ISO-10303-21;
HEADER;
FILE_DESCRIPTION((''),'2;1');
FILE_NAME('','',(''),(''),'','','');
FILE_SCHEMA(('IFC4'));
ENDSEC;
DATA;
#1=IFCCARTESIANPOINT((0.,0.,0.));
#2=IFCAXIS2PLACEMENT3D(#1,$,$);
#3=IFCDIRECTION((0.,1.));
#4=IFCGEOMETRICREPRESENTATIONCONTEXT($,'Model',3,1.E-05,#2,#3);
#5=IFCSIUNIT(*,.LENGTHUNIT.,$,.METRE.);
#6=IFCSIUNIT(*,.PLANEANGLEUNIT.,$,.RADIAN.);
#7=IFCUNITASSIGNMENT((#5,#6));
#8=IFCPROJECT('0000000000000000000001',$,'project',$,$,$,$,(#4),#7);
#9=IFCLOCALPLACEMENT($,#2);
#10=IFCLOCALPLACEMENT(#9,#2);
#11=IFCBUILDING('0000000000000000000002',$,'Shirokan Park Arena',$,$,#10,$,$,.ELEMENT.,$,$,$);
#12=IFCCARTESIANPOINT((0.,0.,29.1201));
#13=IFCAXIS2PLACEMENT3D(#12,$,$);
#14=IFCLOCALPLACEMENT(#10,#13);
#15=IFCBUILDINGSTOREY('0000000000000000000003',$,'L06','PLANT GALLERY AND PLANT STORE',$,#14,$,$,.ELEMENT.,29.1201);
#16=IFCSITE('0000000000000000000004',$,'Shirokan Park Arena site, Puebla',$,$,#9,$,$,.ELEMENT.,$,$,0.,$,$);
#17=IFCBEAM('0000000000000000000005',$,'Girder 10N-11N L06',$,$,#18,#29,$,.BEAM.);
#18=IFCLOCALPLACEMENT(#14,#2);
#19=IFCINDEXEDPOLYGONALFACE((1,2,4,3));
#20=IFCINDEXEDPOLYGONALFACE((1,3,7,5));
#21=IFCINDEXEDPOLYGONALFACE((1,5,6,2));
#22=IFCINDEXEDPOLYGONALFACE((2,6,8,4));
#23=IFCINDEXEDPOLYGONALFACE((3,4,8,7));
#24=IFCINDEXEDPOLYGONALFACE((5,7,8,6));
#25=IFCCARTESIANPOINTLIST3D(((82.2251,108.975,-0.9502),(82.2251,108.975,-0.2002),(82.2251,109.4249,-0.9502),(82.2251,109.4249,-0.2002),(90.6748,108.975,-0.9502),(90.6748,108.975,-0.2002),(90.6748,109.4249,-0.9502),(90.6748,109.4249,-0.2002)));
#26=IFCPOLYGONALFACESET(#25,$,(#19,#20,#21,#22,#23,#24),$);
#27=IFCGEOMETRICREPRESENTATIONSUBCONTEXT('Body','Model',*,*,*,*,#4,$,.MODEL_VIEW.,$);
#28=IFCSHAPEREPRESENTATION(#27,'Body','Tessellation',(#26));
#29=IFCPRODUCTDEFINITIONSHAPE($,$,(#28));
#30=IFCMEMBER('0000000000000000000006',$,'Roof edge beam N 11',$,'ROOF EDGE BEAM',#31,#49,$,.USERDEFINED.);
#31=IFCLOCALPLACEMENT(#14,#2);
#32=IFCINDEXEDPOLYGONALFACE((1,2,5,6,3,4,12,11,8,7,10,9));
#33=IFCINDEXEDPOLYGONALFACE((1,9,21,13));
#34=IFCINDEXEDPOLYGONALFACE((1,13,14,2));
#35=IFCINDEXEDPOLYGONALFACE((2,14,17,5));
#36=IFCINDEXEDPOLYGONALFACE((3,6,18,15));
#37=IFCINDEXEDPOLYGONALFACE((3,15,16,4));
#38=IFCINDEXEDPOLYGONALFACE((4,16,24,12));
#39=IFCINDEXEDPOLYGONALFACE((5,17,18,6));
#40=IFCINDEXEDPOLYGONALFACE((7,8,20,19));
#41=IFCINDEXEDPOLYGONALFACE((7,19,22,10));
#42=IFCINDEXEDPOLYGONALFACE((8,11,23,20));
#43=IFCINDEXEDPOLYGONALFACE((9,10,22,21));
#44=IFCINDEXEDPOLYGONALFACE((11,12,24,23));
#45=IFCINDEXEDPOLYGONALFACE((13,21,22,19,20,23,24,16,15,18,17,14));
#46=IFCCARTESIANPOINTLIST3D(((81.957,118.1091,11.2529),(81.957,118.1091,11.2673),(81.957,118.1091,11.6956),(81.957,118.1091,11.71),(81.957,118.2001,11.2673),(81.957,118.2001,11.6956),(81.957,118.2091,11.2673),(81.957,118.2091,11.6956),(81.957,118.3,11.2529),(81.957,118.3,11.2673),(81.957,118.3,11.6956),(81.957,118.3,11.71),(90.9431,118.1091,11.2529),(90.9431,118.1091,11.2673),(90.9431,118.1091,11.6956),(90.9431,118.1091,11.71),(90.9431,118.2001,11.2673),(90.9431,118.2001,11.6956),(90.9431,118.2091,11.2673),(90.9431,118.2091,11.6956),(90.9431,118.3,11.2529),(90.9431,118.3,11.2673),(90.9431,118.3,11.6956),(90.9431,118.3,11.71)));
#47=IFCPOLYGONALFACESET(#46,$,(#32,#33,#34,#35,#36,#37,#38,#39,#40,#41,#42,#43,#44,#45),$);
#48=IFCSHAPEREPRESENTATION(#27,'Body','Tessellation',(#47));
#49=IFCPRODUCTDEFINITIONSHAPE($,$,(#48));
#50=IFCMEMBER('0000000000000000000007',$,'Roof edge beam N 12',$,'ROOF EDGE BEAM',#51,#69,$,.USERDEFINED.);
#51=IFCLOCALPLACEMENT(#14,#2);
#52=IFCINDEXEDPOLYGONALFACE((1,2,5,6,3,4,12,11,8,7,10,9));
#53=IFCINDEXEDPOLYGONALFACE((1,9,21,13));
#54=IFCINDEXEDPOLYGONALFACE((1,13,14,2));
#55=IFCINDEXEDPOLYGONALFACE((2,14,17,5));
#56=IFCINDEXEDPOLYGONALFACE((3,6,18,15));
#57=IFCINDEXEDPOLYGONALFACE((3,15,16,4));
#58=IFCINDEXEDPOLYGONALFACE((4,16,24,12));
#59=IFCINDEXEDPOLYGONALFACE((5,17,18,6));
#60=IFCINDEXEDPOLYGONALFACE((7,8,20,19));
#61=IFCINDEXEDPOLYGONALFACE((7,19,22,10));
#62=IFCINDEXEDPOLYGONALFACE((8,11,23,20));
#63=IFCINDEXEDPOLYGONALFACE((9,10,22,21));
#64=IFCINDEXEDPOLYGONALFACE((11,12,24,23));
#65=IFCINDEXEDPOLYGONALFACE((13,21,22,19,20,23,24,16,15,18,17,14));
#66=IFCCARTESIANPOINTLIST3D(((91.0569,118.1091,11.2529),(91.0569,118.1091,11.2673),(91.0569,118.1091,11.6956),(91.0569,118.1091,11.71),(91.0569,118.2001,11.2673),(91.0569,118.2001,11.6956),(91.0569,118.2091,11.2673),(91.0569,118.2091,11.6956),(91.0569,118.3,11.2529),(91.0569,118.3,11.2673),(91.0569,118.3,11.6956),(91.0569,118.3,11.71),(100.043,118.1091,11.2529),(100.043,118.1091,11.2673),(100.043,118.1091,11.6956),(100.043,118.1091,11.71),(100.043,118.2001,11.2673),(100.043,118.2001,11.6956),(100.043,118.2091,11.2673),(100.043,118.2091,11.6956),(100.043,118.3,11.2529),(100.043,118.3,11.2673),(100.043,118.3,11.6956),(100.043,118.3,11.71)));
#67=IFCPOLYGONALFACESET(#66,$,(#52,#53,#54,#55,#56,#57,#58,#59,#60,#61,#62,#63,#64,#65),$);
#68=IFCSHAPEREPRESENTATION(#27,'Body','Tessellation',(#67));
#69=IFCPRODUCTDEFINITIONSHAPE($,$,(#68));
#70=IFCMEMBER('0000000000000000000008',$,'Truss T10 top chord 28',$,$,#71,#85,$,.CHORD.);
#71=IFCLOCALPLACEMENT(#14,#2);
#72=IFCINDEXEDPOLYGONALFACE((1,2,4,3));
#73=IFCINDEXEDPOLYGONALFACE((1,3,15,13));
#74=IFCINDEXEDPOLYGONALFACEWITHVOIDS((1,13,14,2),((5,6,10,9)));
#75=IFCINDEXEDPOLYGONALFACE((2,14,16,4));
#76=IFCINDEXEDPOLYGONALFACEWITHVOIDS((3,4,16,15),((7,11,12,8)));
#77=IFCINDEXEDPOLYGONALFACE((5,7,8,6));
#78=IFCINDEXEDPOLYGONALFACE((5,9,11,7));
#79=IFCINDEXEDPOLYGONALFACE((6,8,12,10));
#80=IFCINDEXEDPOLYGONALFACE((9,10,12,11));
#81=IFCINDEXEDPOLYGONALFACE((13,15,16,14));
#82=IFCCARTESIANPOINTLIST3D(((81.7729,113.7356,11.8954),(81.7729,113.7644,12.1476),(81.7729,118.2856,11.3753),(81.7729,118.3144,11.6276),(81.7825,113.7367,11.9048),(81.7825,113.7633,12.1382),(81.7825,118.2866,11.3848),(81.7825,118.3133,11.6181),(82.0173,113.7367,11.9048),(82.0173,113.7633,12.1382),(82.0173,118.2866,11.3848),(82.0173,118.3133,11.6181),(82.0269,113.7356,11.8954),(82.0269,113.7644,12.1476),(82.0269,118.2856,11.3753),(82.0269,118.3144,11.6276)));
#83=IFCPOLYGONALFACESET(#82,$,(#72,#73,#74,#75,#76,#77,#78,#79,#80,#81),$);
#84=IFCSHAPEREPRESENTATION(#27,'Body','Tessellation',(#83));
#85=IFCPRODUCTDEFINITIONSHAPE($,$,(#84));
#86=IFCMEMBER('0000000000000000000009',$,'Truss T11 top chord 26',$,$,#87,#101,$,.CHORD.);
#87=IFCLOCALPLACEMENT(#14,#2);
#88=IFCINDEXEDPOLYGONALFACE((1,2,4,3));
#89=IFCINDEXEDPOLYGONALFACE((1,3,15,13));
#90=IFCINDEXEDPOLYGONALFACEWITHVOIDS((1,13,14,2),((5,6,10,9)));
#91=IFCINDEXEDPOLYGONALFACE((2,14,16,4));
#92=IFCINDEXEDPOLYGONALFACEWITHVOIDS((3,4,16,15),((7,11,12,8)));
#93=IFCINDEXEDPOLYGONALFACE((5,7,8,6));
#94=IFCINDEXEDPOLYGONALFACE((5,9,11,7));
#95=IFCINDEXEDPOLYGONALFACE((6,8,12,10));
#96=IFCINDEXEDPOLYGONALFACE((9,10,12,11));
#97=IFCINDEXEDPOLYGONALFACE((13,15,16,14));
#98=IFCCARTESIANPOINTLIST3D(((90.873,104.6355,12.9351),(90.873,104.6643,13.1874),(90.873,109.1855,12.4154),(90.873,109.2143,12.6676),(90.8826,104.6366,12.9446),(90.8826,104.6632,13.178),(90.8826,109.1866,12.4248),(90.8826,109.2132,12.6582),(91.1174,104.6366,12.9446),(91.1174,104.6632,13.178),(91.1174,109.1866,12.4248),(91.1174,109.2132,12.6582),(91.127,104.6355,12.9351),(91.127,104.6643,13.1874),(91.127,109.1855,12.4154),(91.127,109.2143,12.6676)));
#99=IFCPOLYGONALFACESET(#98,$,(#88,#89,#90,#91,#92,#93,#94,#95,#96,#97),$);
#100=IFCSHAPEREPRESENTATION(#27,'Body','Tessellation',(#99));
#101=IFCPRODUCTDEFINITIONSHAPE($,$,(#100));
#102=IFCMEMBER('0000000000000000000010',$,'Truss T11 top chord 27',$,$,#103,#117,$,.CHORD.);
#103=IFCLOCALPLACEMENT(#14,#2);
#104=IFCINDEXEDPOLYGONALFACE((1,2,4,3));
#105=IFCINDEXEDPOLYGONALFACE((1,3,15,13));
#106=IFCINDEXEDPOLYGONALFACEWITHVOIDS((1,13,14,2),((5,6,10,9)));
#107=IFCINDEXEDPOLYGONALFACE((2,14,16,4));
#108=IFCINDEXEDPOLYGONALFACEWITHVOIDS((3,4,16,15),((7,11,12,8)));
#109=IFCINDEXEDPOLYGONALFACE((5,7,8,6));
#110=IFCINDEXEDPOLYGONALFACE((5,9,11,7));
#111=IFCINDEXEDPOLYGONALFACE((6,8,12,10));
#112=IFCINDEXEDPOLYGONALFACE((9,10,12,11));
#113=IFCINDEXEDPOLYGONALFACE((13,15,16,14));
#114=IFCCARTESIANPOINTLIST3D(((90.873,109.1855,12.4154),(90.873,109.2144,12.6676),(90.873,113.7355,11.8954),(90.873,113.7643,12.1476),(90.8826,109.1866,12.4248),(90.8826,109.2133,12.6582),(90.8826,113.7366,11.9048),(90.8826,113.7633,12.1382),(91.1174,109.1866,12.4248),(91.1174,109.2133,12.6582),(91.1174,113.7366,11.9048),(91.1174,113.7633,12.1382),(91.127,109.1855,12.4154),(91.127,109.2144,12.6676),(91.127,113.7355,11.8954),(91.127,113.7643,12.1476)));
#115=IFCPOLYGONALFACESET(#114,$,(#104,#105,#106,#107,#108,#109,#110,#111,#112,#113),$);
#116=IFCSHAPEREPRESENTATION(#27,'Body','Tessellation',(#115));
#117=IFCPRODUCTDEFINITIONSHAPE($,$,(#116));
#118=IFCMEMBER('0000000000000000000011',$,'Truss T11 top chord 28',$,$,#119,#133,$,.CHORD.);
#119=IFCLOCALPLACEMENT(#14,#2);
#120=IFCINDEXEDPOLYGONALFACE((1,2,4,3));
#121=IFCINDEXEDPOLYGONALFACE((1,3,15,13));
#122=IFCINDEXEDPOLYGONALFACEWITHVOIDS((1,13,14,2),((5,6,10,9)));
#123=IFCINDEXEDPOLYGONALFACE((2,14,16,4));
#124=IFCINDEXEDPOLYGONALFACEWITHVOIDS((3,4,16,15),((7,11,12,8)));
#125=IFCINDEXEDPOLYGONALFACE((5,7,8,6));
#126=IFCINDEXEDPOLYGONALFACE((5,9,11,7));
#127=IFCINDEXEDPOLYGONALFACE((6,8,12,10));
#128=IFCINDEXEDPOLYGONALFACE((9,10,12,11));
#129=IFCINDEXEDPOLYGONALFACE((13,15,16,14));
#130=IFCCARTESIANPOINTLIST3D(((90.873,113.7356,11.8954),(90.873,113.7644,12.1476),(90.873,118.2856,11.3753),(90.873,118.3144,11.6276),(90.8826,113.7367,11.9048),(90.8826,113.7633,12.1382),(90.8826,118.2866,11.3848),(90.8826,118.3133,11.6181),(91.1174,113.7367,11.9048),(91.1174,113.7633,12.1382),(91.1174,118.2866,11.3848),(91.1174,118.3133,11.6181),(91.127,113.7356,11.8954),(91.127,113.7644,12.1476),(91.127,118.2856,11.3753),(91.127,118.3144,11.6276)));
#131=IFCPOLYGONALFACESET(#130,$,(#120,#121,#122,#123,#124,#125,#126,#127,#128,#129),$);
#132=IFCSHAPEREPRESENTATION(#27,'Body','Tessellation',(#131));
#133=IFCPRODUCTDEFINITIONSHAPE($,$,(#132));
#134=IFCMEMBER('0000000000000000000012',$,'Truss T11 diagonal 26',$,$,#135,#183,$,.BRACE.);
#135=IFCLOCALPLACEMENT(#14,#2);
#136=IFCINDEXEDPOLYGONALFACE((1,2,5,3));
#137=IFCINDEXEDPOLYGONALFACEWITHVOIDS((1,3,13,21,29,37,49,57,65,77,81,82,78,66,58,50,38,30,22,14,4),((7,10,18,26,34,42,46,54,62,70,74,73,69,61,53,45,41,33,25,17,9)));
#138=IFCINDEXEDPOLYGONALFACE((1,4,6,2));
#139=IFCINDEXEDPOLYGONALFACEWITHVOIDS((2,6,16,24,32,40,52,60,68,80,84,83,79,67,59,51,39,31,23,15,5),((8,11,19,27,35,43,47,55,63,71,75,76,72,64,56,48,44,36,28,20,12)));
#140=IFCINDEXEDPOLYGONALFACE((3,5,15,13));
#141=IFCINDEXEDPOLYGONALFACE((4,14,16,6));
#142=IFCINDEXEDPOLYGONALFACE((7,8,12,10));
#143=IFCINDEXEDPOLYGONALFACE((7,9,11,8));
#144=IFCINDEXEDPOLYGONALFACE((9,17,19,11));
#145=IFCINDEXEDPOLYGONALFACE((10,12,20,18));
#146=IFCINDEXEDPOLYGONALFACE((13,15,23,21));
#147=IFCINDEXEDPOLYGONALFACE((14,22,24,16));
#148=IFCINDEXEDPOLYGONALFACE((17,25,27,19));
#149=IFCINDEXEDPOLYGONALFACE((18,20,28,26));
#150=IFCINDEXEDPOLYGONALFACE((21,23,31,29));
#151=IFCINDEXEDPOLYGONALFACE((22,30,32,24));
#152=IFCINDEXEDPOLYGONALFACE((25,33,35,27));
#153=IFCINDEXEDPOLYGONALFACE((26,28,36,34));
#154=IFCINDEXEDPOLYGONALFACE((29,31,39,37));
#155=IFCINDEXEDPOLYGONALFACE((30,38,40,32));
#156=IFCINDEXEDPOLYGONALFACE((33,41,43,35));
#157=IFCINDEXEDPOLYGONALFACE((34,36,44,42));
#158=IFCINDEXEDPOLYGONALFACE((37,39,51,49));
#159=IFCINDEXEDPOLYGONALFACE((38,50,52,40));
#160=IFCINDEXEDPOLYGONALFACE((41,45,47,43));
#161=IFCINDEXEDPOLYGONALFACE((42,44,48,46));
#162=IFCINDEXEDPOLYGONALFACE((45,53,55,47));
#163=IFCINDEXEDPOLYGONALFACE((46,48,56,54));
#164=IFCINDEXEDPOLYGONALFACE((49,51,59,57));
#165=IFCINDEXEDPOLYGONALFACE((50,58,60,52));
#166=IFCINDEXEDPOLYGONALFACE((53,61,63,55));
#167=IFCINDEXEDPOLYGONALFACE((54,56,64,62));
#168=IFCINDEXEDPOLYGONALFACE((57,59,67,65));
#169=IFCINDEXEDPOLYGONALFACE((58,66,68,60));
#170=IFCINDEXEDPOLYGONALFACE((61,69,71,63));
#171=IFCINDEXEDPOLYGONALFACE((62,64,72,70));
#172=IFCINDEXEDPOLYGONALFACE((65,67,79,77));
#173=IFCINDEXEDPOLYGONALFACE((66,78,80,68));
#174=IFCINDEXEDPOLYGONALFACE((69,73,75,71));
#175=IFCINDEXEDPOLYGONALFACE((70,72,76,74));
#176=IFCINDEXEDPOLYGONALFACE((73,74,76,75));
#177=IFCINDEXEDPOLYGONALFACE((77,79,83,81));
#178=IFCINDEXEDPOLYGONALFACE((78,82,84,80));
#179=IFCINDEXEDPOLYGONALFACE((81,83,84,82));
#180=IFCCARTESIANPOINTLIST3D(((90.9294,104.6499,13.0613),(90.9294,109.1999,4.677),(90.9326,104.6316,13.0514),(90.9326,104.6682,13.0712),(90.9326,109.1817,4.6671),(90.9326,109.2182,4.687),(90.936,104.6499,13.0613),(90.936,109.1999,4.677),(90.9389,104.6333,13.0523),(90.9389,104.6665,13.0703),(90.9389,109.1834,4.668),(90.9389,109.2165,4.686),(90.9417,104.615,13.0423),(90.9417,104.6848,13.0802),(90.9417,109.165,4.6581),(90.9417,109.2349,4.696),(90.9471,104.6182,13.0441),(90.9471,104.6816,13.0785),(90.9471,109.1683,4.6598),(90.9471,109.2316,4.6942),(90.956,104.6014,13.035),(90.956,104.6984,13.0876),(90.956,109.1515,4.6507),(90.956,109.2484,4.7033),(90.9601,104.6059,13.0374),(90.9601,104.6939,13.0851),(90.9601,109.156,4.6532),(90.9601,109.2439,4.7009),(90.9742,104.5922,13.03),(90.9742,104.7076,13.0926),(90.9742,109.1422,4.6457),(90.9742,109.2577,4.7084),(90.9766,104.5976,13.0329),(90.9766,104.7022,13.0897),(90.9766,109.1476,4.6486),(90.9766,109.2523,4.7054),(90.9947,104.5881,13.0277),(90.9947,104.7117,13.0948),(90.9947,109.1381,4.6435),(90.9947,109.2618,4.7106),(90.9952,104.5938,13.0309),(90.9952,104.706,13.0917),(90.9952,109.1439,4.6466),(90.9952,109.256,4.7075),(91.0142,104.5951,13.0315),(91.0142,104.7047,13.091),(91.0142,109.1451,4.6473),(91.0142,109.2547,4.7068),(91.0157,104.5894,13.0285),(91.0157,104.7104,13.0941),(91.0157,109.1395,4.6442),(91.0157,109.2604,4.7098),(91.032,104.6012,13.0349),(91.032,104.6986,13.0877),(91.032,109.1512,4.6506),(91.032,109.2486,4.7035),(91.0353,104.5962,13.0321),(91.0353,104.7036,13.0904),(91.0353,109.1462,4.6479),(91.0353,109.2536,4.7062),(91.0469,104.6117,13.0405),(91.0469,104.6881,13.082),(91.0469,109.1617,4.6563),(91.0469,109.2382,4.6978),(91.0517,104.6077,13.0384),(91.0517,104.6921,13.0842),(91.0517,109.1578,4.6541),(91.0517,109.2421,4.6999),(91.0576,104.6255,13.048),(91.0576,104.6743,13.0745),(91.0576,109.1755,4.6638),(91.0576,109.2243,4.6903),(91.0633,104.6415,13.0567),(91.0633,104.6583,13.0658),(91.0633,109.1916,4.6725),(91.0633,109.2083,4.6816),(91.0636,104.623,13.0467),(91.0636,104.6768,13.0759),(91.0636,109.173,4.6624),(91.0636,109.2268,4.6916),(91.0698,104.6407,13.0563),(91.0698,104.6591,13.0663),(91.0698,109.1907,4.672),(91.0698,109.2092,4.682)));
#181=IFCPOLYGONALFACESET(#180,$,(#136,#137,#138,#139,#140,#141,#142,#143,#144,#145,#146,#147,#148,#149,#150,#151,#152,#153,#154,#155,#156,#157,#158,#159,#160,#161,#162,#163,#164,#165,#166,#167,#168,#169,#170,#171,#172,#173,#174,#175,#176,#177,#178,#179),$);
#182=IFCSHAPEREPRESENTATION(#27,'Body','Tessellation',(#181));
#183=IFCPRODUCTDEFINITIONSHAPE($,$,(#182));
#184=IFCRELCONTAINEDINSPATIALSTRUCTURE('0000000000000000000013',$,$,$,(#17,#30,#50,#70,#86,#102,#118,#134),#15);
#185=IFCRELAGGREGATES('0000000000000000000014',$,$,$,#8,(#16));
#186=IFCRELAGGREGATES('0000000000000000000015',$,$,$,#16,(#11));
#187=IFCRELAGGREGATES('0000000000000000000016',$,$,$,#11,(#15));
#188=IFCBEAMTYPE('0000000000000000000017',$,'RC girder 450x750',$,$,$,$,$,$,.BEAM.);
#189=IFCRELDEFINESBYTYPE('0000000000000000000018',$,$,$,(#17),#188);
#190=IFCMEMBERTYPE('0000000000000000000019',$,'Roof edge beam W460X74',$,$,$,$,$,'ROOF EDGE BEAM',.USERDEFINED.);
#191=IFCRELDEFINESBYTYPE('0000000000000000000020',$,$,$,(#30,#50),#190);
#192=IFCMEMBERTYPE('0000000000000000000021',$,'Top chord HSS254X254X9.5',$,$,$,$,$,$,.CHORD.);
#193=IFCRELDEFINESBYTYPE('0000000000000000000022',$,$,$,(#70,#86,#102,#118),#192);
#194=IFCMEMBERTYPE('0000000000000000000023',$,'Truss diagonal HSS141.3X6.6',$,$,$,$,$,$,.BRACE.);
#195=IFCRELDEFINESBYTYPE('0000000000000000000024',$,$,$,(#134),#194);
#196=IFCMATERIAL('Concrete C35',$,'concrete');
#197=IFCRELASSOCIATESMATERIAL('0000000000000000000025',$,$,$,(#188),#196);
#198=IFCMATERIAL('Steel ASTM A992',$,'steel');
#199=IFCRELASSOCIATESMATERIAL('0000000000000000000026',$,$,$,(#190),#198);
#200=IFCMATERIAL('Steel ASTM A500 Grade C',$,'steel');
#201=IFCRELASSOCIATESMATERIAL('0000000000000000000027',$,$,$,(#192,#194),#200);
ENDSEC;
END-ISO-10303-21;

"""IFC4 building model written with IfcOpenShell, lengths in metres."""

from ifc_helpers import new_model, si_unit, direction, frame, origin, origin_2d, place, context, subcontext, project, spatial, rectangle, hollow_rectangle, hollow_circle, i_section, extrude, material, material_profile, profile_set, type_object, element, save


model = new_model("IFC4")

# Units and contexts
model_context = context("Model", 3, precision=1e-05, world=origin(), true_north=direction((0.0, 1.0)))
body_context = subcontext(model_context, "Body", "Model", "MODEL_VIEW")
ifc_project = project(units=[si_unit("LENGTHUNIT", "METRE"), si_unit("PLANEANGLEUNIT", "RADIAN")], contexts=[model_context])

# Site, building, storey
site_placement = place(None, origin())
site = spatial("IfcSite", under=ifc_project, at=site_placement, Name="Shirokan Park Arena site, Puebla", CompositionType="ELEMENT", RefElevation=0.0)
building_placement = place(site_placement, origin())
building = spatial("IfcBuilding", under=site, at=building_placement, Name="Shirokan Park Arena", CompositionType="ELEMENT")
storey_placement = place(building_placement, frame((0.0, 0.0, 29.1201)))
storey = spatial("IfcBuildingStorey", under=building, at=storey_placement, Name="L06", Description="PLANT GALLERY AND PLANT STORE", CompositionType="ELEMENT", Elevation=29.1201)

# Shared definitions
ifc_material_1 = material(Name="Concrete C35", Category="concrete")

# Shared definitions
ifc_material_2 = material(Name="Steel ASTM A500 Grade C", Category="steel")
ifc_material_3 = material(Name="Steel ASTM A992", Category="steel")

# Beam
ifc_material_profile_1 = material_profile(ifc_material_1, rectangle(XDim=0.45, YDim=0.75, at=origin_2d()), Name="450x750")
ifc_profile_set_1 = profile_set([ifc_material_profile_1], Name="Concrete C35")
beam_type = type_object("IfcBeamType", Name="RC girder 450x750", PredefinedType="BEAM", material=ifc_profile_set_1)
beam_placement = place(storey_placement, frame((82.2251, 109.2, -0.5752), z_axis=(1.0, 0.0, 0.0), x_axis=(0.0, 1.0, 0.0)))
element("IfcBeam", 1, at=beam_placement, inside=storey, type_object=beam_type, Name="Girder 10N-11N L06", PredefinedType="BEAM", context=body_context, shape_type="SweptSolid", body=[
    extrude(rectangle(XDim=0.45, YDim=0.75, at=origin_2d()), origin(), (0.0, 0.0, 1.0), 8.4497),
])

# Members
ifc_material_profile_2 = material_profile(ifc_material_3, i_section(OverallWidth=0.1909, OverallDepth=0.457, WebThickness=0.009, FlangeThickness=0.0144, at=origin_2d()), Name="W460X74")
ifc_profile_set_2 = profile_set([ifc_material_profile_2], Name="Steel ASTM A992")
member_type_1 = type_object("IfcMemberType", Name="Roof edge beam W460X74", ElementType="ROOF EDGE BEAM", PredefinedType="USERDEFINED", material=ifc_profile_set_2)
for number, where, z_axis, x_axis, name in (
    (2, (81.957, 118.2046, 11.4814), (1.0, 0.0, 0.0), (0.0, 1.0, 0.0), "Roof edge beam N 11"),
    (3, (91.0569, 118.2046, 11.4814), (1.0, 0.0, 0.0), (0.0, 1.0, 0.0), "Roof edge beam N 12"),
):
    element("IfcMember", number, at=place(storey_placement, frame(where, z_axis=z_axis, x_axis=x_axis)), inside=storey, type_object=member_type_1, Name=name, ObjectType="ROOF EDGE BEAM", PredefinedType="USERDEFINED", context=body_context, shape_type="SweptSolid", body=[
        extrude(i_section(OverallWidth=0.1909, OverallDepth=0.457, WebThickness=0.009, FlangeThickness=0.0144, at=origin_2d()), origin(), (0.0, 0.0, 1.0), 8.9861),
    ])
ifc_material_profile_3 = material_profile(ifc_material_2, hollow_rectangle(XDim=0.2539, YDim=0.2539, WallThickness=0.0095, at=origin_2d()), Name="HSS254X254X9.5")
ifc_profile_set_3 = profile_set([ifc_material_profile_3], Name="Steel ASTM A500 Grade C")
member_type_2 = type_object("IfcMemberType", Name="Top chord HSS254X254X9.5", PredefinedType="CHORD", material=ifc_profile_set_3)
for number, where, z_axis, x_axis, name in (
    (4, (81.8999, 113.75, 12.0215), (0.0, 0.993532, -0.11355), (-1.0, 0.0, 0.0), "Truss T10 top chord 28"),
    (5, (91.0, 104.6499, 13.0613), (0.0, 0.993538, -0.113497), (-1.0, 0.0, 0.0), "Truss T11 top chord 26"),
    (6, (91.0, 109.2, 12.5415), (0.0, 0.993532, -0.11355), (-1.0, 0.0, 0.0), "Truss T11 top chord 27"),
    (7, (91.0, 113.75, 12.0215), (0.0, 0.993532, -0.11355), (-1.0, 0.0, 0.0), "Truss T11 top chord 28"),
):
    element("IfcMember", number, at=place(storey_placement, frame(where, z_axis=z_axis, x_axis=x_axis)), inside=storey, type_object=member_type_2, Name=name, PredefinedType="CHORD", context=body_context, shape_type="SweptSolid", body=[
        extrude(hollow_rectangle(XDim=0.2539, YDim=0.2539, WallThickness=0.0095, at=origin_2d()), origin(), (0.0, 0.0, 1.0), 4.5796),
    ])
ifc_material_profile_4 = material_profile(ifc_material_2, hollow_circle(Radius=0.0706, WallThickness=0.0066, at=origin_2d()), Name="HSS141.3X6.6")
ifc_profile_set_4 = profile_set([ifc_material_profile_4], Name="Steel ASTM A500 Grade C")
member_type_3 = type_object("IfcMemberType", Name="Truss diagonal HSS141.3X6.6", PredefinedType="BRACE", material=ifc_profile_set_4)
member_1_placement = place(storey_placement, frame((91.0, 104.6499, 13.0613), z_axis=(0.0, 0.476977, -0.878916), x_axis=(-1.0, 0.0, 0.0)))
element("IfcMember", 8, at=member_1_placement, inside=storey, type_object=member_type_3, Name="Truss T11 diagonal 26", PredefinedType="BRACE", context=body_context, shape_type="SweptSolid", body=[
    extrude(hollow_circle(Radius=0.0706, WallThickness=0.0066, at=origin_2d()), origin(), (0.0, 0.0, 1.0), 9.5393),
])

save(model, "model.ifc")
